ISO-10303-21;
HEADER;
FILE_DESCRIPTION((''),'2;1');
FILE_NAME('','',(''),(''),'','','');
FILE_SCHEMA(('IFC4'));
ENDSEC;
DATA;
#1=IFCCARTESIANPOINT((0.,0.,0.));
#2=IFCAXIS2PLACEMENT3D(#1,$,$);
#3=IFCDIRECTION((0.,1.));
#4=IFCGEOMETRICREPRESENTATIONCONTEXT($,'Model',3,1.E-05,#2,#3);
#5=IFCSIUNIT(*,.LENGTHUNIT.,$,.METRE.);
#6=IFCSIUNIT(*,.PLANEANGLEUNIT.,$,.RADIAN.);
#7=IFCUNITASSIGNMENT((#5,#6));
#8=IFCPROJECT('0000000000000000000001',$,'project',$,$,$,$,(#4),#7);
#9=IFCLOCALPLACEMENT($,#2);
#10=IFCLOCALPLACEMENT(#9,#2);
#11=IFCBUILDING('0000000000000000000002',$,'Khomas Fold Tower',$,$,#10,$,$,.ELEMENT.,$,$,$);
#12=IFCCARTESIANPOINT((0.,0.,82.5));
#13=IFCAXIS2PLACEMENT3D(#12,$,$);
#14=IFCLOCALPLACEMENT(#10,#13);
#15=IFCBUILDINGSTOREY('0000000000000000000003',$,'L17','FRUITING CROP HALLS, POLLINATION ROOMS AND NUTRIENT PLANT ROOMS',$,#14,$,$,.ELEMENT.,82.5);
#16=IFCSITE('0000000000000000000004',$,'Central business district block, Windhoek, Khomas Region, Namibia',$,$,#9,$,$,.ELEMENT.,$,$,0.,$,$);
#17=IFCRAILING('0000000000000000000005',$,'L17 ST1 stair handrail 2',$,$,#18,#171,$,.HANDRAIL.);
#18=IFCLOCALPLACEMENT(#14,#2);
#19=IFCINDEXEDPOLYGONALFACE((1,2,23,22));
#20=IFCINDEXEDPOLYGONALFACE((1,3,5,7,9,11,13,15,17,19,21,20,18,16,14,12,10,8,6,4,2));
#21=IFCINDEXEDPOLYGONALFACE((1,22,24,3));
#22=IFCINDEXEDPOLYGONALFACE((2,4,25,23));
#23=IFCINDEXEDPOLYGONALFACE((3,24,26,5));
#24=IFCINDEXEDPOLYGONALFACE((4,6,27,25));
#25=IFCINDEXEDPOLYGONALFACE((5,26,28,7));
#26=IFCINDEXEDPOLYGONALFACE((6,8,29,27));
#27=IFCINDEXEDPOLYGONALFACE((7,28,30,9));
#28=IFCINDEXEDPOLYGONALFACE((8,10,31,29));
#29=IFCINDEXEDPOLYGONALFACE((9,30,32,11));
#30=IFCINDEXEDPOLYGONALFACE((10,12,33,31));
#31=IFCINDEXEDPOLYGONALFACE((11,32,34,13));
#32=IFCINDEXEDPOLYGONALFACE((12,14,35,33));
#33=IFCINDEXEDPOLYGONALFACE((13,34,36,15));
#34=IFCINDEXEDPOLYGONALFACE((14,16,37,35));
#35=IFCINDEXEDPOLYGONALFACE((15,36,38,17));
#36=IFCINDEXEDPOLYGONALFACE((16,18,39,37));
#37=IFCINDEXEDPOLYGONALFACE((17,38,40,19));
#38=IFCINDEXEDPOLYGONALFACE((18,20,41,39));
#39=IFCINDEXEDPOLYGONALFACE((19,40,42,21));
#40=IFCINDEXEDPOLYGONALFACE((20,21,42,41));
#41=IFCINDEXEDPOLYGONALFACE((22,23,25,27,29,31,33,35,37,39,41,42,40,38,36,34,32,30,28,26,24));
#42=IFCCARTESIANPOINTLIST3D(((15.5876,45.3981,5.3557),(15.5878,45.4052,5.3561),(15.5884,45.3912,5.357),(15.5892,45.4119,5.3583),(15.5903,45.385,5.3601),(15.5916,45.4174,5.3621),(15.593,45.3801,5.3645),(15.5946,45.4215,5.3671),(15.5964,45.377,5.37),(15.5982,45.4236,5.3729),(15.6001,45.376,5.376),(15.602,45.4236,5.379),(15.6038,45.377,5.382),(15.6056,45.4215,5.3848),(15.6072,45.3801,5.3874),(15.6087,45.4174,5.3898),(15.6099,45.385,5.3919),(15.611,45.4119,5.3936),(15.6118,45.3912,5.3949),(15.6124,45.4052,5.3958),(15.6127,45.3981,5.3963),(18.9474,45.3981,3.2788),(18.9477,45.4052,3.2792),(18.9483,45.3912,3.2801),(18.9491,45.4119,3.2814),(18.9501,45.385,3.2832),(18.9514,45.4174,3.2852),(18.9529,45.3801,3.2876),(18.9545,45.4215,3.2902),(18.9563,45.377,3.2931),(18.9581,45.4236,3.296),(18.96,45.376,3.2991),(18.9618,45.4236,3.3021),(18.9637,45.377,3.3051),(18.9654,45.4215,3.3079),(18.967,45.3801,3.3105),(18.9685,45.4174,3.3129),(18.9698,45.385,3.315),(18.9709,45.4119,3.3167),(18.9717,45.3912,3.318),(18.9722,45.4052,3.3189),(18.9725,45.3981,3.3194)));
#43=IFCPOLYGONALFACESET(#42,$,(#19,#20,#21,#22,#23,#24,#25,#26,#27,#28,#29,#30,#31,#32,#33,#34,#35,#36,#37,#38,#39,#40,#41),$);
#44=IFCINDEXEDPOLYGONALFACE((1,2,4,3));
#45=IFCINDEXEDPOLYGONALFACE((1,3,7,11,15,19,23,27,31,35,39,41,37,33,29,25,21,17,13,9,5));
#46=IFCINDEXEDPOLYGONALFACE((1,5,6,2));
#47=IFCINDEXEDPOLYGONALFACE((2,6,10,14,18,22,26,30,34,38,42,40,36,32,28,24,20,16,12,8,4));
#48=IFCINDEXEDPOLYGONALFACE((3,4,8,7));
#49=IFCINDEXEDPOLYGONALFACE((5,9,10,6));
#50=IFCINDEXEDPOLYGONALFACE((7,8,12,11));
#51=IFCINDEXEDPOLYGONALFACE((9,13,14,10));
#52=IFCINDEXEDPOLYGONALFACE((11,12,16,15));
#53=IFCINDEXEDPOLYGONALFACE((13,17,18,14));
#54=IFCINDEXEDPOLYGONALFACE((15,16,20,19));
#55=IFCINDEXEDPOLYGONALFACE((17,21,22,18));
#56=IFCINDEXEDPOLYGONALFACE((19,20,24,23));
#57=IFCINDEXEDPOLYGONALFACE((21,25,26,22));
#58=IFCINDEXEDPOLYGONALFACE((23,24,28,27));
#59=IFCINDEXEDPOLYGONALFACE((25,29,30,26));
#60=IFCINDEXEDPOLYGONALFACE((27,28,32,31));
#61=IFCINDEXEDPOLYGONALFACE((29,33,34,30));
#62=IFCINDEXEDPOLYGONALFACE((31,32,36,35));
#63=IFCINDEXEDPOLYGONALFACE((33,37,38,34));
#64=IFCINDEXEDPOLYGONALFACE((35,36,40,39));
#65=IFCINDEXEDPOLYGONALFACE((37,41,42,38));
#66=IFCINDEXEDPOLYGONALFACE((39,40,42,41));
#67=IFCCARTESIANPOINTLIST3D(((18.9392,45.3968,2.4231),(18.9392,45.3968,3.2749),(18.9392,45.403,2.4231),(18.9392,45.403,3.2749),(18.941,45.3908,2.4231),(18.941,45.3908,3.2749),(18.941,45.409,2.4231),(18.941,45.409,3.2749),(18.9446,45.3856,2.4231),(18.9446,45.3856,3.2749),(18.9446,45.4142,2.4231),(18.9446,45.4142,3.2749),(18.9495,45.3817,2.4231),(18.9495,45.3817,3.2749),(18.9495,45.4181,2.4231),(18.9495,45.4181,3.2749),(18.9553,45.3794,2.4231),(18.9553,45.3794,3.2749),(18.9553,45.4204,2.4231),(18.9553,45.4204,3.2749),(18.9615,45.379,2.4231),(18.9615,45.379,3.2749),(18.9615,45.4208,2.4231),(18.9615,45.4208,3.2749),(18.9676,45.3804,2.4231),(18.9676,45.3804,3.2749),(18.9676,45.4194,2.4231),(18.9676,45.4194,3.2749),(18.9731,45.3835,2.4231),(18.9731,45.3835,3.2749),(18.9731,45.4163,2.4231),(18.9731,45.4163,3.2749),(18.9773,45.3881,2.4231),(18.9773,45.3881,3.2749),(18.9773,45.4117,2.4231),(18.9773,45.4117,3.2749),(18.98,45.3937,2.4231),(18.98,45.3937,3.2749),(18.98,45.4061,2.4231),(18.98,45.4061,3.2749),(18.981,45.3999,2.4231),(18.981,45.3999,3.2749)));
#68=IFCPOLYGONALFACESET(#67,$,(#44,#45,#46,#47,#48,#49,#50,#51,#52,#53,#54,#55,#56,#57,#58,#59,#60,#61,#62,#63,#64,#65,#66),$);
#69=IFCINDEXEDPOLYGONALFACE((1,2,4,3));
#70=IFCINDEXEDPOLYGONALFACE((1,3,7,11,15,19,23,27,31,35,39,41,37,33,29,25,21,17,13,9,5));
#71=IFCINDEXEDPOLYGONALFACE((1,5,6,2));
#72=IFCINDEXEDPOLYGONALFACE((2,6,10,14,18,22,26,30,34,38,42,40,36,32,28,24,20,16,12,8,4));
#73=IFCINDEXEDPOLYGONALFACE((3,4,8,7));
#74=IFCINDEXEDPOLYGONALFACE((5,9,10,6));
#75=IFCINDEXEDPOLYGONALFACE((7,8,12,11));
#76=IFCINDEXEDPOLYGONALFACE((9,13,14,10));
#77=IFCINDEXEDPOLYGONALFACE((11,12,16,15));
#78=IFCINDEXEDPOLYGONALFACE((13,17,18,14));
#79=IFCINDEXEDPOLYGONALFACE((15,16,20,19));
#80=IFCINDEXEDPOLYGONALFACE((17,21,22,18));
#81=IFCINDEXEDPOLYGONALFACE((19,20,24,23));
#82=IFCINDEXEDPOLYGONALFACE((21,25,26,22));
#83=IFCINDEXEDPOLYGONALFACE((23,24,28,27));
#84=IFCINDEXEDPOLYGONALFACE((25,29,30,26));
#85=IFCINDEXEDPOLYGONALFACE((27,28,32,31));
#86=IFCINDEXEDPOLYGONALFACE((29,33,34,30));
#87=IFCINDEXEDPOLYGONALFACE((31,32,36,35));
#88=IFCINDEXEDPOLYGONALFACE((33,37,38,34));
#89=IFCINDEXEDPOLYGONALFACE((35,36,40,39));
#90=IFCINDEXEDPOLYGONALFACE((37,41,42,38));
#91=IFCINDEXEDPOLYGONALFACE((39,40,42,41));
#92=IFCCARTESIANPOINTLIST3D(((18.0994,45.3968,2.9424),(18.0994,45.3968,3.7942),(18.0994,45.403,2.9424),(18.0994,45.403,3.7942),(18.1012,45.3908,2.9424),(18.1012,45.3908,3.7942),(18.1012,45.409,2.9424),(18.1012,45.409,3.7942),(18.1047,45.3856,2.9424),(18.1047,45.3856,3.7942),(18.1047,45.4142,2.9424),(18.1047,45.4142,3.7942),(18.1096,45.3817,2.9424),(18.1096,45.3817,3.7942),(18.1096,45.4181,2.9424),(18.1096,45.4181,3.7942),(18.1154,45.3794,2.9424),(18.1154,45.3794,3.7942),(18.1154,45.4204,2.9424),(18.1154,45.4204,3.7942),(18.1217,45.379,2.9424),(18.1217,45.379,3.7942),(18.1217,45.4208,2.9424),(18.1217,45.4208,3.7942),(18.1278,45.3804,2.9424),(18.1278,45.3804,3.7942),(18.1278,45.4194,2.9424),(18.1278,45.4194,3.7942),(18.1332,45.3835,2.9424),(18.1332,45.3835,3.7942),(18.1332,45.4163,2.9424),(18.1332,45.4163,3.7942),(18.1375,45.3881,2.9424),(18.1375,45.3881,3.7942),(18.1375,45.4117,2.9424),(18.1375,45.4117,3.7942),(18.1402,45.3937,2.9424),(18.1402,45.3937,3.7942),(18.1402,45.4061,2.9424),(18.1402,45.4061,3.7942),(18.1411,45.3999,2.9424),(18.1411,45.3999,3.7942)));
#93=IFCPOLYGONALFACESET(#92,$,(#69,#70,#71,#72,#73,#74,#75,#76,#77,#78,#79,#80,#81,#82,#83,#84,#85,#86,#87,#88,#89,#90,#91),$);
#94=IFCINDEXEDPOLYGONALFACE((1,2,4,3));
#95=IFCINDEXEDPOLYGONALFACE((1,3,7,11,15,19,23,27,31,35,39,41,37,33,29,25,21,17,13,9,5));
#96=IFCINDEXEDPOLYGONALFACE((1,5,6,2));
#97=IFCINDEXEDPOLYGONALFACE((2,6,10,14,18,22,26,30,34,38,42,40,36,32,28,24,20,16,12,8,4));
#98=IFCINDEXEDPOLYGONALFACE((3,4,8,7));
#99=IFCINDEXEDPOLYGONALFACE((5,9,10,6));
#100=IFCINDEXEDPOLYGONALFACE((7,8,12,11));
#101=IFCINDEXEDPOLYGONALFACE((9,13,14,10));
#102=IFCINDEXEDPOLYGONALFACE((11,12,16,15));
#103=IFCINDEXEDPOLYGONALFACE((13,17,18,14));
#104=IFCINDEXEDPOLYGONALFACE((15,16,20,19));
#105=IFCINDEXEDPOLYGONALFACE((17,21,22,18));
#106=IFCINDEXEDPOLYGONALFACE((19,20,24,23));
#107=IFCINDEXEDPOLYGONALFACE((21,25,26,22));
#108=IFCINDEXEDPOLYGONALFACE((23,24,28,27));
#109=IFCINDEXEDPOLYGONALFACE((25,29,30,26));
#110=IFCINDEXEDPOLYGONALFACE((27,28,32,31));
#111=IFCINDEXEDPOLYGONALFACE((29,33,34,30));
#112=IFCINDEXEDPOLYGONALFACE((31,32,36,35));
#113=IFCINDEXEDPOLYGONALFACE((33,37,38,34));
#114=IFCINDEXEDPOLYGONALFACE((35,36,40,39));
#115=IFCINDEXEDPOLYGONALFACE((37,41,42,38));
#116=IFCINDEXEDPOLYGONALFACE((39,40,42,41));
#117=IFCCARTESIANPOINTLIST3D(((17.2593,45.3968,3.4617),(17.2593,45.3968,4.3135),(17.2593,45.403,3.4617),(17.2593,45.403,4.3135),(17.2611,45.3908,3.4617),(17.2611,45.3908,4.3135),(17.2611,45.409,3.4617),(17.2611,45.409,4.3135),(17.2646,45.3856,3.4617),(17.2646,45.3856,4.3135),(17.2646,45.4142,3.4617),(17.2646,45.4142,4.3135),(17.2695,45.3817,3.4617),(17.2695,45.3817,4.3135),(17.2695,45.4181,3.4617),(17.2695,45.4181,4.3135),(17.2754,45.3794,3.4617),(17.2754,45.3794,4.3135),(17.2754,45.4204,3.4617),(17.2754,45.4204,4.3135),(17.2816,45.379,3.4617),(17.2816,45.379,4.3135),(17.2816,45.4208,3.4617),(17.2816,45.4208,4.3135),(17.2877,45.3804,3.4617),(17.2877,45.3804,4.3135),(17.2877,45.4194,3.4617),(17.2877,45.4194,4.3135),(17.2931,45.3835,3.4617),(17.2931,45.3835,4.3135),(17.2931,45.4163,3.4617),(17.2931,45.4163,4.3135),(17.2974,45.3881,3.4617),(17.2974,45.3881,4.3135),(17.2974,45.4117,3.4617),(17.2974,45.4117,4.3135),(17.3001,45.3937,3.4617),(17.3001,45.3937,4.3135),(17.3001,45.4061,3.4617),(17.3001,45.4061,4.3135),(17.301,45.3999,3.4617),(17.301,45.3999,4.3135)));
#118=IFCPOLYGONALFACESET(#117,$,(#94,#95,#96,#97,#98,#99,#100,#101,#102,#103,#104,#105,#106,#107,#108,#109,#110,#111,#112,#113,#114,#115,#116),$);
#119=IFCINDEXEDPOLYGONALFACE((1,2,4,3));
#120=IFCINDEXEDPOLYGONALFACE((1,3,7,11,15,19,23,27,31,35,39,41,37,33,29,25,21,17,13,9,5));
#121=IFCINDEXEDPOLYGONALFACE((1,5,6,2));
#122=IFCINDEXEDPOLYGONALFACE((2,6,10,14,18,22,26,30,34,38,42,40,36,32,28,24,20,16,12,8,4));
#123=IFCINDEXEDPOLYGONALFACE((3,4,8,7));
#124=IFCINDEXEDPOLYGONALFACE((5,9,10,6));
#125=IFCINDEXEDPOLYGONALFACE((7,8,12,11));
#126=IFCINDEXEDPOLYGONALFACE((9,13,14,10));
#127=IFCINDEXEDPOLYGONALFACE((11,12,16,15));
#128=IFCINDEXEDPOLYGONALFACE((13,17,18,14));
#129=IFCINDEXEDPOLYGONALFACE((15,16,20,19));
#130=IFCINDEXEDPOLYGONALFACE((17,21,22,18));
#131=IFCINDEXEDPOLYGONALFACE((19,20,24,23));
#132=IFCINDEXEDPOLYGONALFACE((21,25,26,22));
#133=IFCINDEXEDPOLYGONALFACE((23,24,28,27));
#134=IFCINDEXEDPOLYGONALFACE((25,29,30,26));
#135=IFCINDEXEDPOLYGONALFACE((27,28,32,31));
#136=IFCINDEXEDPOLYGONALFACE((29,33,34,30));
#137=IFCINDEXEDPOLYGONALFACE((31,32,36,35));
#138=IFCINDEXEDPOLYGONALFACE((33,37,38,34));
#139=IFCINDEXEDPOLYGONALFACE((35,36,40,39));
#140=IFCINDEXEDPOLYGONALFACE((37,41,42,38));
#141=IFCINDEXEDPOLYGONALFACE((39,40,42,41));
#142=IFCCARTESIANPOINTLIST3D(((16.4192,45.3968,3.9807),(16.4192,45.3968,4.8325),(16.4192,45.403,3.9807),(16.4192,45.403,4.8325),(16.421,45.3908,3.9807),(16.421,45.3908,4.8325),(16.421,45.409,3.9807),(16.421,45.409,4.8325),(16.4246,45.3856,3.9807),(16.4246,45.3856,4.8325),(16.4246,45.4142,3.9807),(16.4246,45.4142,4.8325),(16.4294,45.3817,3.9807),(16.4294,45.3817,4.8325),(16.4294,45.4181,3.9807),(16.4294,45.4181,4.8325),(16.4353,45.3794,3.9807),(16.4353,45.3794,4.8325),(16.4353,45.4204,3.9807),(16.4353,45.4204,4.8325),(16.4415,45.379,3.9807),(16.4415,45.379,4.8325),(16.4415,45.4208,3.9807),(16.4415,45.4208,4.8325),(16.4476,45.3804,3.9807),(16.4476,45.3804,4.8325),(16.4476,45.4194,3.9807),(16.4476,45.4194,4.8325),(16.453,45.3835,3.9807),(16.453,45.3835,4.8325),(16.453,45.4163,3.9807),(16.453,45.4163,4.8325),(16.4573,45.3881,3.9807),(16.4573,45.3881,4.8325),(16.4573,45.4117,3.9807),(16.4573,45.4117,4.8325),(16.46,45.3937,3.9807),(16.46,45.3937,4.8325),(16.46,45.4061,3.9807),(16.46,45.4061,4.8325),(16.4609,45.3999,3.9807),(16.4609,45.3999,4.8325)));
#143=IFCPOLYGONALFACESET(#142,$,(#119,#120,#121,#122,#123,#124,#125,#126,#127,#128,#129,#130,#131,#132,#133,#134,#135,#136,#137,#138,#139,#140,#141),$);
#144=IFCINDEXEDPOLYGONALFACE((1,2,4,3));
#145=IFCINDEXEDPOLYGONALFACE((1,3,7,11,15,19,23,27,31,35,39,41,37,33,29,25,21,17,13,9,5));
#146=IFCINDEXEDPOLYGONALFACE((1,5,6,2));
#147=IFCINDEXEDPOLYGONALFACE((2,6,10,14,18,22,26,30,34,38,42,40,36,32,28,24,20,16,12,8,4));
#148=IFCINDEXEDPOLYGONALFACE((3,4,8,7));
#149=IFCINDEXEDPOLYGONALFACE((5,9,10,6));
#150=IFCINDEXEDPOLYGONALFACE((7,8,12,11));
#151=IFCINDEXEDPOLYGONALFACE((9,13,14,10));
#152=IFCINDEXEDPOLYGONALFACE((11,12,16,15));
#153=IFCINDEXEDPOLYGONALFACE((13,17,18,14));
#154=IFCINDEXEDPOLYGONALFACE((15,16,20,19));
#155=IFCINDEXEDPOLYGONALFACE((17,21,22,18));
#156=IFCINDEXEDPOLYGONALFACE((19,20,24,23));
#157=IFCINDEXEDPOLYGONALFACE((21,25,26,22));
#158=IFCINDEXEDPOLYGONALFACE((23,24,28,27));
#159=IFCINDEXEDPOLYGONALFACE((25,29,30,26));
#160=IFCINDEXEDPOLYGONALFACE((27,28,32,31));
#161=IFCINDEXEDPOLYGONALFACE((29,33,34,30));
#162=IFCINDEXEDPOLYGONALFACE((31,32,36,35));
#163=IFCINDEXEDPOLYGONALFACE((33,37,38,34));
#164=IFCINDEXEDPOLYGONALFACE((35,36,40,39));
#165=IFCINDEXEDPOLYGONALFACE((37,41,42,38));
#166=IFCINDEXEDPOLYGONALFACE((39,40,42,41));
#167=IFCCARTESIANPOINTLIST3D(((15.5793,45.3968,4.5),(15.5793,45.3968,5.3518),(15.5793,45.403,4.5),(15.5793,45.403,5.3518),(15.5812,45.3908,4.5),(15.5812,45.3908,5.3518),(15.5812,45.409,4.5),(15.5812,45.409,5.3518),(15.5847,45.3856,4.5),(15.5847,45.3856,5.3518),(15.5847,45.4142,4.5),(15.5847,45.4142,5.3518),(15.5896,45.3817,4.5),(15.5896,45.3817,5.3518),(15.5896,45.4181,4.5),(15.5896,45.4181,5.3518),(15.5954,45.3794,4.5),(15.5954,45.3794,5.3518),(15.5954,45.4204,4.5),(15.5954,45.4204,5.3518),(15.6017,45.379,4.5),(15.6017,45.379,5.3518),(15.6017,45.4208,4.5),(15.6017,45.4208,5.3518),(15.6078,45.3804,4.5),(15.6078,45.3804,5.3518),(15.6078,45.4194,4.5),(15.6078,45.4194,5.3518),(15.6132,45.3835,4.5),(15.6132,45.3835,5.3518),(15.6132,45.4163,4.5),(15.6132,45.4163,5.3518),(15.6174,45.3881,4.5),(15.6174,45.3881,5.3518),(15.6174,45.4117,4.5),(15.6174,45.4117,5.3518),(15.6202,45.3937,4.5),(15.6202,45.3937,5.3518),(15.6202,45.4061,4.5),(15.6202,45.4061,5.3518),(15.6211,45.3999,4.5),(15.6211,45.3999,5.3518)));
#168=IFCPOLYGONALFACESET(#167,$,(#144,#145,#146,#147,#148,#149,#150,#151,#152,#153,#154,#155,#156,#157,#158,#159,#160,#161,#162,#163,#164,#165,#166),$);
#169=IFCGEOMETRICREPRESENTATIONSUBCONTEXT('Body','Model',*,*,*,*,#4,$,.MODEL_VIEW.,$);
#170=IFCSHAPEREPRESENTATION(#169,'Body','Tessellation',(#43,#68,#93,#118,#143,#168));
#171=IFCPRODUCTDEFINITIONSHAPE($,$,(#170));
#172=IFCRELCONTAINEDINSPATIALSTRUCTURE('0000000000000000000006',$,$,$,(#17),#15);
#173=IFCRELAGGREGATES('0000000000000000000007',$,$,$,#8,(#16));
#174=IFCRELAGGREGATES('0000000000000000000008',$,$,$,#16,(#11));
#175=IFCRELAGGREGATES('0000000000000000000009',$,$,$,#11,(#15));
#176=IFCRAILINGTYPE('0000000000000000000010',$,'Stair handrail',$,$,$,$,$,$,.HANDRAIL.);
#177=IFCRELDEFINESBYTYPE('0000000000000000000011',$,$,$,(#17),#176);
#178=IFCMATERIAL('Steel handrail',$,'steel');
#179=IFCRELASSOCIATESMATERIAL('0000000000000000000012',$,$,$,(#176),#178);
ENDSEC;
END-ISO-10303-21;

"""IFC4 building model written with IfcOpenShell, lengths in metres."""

from ifc_helpers import new_model, si_unit, direction, frame, origin, origin_2d, place, context, subcontext, project, spatial, circle, extrude, source, transform, mapped, material, type_object, element, save


model = new_model("IFC4")

# Units and contexts
model_context = context("Model", 3, precision=1e-05, world=origin(), true_north=direction((0.0, 1.0)))
body_context = subcontext(model_context, "Body", "Model", "MODEL_VIEW")
ifc_project = project(units=[si_unit("LENGTHUNIT", "METRE"), si_unit("PLANEANGLEUNIT", "RADIAN")], contexts=[model_context])

# Site, building, storey
site_placement = place(None, origin())
site = spatial("IfcSite", under=ifc_project, at=site_placement, Name="Central business district block, Windhoek, Khomas Region, Namibia", CompositionType="ELEMENT", RefElevation=0.0)
building_placement = place(site_placement, origin())
building = spatial("IfcBuilding", under=site, at=building_placement, Name="Khomas Fold Tower", CompositionType="ELEMENT")
storey_placement = place(building_placement, frame((0.0, 0.0, 82.5)))
storey = spatial("IfcBuildingStorey", under=building, at=storey_placement, Name="L17", Description="FRUITING CROP HALLS, POLLINATION ROOMS AND NUTRIENT PLANT ROOMS", CompositionType="ELEMENT", Elevation=82.5)

# Railing
ifc_material_1 = material(Name="Steel handrail", Category="steel")
railing_type_1 = type_object("IfcRailingType", Name="Stair handrail", PredefinedType="HANDRAIL", material=ifc_material_1)
shared_shape_1 = source(origin(), body_context, "Body", "SweptSolid", [
    extrude(circle(Radius=0.0239, at=origin_2d()), frame((0.0, 0.0, 0.876), z_axis=(-0.850606, 0.0, 0.525803), x_axis=(0.0, -1.0, 0.0)), (0.0, 0.0, 1.0), 3.95),
    extrude(circle(Radius=0.021, at=origin_2d()), origin(), (0.0, 0.0, 1.0), 0.8518),
    extrude(circle(Radius=0.021, at=origin_2d()), frame((-0.8398, 0.0, 0.5193)), (0.0, 0.0, 1.0), 0.8518),
    extrude(circle(Radius=0.021, at=origin_2d()), frame((-1.6799, 0.0, 1.0386)), (0.0, 0.0, 1.0), 0.8518),
    extrude(circle(Radius=0.021, at=origin_2d()), frame((-2.52, 0.0, 1.5576)), (0.0, 0.0, 1.0), 0.8518),
    extrude(circle(Radius=0.021, at=origin_2d()), frame((-3.3599, 0.0, 2.0769)), (0.0, 0.0, 1.0), 0.8518),
])
railing_1_placement = place(storey_placement, frame((18.96, 45.3999, 2.4231)))
element("IfcRailing", 1, at=railing_1_placement, inside=storey, type_object=railing_type_1, Name="L17 ST1 stair handrail 2", PredefinedType="HANDRAIL", context=body_context, shape_type="MappedRepresentation", body=[
    mapped(shared_shape_1, transform((0.0, 0.0, 0.0))),
])

save(model, "model.ifc")
